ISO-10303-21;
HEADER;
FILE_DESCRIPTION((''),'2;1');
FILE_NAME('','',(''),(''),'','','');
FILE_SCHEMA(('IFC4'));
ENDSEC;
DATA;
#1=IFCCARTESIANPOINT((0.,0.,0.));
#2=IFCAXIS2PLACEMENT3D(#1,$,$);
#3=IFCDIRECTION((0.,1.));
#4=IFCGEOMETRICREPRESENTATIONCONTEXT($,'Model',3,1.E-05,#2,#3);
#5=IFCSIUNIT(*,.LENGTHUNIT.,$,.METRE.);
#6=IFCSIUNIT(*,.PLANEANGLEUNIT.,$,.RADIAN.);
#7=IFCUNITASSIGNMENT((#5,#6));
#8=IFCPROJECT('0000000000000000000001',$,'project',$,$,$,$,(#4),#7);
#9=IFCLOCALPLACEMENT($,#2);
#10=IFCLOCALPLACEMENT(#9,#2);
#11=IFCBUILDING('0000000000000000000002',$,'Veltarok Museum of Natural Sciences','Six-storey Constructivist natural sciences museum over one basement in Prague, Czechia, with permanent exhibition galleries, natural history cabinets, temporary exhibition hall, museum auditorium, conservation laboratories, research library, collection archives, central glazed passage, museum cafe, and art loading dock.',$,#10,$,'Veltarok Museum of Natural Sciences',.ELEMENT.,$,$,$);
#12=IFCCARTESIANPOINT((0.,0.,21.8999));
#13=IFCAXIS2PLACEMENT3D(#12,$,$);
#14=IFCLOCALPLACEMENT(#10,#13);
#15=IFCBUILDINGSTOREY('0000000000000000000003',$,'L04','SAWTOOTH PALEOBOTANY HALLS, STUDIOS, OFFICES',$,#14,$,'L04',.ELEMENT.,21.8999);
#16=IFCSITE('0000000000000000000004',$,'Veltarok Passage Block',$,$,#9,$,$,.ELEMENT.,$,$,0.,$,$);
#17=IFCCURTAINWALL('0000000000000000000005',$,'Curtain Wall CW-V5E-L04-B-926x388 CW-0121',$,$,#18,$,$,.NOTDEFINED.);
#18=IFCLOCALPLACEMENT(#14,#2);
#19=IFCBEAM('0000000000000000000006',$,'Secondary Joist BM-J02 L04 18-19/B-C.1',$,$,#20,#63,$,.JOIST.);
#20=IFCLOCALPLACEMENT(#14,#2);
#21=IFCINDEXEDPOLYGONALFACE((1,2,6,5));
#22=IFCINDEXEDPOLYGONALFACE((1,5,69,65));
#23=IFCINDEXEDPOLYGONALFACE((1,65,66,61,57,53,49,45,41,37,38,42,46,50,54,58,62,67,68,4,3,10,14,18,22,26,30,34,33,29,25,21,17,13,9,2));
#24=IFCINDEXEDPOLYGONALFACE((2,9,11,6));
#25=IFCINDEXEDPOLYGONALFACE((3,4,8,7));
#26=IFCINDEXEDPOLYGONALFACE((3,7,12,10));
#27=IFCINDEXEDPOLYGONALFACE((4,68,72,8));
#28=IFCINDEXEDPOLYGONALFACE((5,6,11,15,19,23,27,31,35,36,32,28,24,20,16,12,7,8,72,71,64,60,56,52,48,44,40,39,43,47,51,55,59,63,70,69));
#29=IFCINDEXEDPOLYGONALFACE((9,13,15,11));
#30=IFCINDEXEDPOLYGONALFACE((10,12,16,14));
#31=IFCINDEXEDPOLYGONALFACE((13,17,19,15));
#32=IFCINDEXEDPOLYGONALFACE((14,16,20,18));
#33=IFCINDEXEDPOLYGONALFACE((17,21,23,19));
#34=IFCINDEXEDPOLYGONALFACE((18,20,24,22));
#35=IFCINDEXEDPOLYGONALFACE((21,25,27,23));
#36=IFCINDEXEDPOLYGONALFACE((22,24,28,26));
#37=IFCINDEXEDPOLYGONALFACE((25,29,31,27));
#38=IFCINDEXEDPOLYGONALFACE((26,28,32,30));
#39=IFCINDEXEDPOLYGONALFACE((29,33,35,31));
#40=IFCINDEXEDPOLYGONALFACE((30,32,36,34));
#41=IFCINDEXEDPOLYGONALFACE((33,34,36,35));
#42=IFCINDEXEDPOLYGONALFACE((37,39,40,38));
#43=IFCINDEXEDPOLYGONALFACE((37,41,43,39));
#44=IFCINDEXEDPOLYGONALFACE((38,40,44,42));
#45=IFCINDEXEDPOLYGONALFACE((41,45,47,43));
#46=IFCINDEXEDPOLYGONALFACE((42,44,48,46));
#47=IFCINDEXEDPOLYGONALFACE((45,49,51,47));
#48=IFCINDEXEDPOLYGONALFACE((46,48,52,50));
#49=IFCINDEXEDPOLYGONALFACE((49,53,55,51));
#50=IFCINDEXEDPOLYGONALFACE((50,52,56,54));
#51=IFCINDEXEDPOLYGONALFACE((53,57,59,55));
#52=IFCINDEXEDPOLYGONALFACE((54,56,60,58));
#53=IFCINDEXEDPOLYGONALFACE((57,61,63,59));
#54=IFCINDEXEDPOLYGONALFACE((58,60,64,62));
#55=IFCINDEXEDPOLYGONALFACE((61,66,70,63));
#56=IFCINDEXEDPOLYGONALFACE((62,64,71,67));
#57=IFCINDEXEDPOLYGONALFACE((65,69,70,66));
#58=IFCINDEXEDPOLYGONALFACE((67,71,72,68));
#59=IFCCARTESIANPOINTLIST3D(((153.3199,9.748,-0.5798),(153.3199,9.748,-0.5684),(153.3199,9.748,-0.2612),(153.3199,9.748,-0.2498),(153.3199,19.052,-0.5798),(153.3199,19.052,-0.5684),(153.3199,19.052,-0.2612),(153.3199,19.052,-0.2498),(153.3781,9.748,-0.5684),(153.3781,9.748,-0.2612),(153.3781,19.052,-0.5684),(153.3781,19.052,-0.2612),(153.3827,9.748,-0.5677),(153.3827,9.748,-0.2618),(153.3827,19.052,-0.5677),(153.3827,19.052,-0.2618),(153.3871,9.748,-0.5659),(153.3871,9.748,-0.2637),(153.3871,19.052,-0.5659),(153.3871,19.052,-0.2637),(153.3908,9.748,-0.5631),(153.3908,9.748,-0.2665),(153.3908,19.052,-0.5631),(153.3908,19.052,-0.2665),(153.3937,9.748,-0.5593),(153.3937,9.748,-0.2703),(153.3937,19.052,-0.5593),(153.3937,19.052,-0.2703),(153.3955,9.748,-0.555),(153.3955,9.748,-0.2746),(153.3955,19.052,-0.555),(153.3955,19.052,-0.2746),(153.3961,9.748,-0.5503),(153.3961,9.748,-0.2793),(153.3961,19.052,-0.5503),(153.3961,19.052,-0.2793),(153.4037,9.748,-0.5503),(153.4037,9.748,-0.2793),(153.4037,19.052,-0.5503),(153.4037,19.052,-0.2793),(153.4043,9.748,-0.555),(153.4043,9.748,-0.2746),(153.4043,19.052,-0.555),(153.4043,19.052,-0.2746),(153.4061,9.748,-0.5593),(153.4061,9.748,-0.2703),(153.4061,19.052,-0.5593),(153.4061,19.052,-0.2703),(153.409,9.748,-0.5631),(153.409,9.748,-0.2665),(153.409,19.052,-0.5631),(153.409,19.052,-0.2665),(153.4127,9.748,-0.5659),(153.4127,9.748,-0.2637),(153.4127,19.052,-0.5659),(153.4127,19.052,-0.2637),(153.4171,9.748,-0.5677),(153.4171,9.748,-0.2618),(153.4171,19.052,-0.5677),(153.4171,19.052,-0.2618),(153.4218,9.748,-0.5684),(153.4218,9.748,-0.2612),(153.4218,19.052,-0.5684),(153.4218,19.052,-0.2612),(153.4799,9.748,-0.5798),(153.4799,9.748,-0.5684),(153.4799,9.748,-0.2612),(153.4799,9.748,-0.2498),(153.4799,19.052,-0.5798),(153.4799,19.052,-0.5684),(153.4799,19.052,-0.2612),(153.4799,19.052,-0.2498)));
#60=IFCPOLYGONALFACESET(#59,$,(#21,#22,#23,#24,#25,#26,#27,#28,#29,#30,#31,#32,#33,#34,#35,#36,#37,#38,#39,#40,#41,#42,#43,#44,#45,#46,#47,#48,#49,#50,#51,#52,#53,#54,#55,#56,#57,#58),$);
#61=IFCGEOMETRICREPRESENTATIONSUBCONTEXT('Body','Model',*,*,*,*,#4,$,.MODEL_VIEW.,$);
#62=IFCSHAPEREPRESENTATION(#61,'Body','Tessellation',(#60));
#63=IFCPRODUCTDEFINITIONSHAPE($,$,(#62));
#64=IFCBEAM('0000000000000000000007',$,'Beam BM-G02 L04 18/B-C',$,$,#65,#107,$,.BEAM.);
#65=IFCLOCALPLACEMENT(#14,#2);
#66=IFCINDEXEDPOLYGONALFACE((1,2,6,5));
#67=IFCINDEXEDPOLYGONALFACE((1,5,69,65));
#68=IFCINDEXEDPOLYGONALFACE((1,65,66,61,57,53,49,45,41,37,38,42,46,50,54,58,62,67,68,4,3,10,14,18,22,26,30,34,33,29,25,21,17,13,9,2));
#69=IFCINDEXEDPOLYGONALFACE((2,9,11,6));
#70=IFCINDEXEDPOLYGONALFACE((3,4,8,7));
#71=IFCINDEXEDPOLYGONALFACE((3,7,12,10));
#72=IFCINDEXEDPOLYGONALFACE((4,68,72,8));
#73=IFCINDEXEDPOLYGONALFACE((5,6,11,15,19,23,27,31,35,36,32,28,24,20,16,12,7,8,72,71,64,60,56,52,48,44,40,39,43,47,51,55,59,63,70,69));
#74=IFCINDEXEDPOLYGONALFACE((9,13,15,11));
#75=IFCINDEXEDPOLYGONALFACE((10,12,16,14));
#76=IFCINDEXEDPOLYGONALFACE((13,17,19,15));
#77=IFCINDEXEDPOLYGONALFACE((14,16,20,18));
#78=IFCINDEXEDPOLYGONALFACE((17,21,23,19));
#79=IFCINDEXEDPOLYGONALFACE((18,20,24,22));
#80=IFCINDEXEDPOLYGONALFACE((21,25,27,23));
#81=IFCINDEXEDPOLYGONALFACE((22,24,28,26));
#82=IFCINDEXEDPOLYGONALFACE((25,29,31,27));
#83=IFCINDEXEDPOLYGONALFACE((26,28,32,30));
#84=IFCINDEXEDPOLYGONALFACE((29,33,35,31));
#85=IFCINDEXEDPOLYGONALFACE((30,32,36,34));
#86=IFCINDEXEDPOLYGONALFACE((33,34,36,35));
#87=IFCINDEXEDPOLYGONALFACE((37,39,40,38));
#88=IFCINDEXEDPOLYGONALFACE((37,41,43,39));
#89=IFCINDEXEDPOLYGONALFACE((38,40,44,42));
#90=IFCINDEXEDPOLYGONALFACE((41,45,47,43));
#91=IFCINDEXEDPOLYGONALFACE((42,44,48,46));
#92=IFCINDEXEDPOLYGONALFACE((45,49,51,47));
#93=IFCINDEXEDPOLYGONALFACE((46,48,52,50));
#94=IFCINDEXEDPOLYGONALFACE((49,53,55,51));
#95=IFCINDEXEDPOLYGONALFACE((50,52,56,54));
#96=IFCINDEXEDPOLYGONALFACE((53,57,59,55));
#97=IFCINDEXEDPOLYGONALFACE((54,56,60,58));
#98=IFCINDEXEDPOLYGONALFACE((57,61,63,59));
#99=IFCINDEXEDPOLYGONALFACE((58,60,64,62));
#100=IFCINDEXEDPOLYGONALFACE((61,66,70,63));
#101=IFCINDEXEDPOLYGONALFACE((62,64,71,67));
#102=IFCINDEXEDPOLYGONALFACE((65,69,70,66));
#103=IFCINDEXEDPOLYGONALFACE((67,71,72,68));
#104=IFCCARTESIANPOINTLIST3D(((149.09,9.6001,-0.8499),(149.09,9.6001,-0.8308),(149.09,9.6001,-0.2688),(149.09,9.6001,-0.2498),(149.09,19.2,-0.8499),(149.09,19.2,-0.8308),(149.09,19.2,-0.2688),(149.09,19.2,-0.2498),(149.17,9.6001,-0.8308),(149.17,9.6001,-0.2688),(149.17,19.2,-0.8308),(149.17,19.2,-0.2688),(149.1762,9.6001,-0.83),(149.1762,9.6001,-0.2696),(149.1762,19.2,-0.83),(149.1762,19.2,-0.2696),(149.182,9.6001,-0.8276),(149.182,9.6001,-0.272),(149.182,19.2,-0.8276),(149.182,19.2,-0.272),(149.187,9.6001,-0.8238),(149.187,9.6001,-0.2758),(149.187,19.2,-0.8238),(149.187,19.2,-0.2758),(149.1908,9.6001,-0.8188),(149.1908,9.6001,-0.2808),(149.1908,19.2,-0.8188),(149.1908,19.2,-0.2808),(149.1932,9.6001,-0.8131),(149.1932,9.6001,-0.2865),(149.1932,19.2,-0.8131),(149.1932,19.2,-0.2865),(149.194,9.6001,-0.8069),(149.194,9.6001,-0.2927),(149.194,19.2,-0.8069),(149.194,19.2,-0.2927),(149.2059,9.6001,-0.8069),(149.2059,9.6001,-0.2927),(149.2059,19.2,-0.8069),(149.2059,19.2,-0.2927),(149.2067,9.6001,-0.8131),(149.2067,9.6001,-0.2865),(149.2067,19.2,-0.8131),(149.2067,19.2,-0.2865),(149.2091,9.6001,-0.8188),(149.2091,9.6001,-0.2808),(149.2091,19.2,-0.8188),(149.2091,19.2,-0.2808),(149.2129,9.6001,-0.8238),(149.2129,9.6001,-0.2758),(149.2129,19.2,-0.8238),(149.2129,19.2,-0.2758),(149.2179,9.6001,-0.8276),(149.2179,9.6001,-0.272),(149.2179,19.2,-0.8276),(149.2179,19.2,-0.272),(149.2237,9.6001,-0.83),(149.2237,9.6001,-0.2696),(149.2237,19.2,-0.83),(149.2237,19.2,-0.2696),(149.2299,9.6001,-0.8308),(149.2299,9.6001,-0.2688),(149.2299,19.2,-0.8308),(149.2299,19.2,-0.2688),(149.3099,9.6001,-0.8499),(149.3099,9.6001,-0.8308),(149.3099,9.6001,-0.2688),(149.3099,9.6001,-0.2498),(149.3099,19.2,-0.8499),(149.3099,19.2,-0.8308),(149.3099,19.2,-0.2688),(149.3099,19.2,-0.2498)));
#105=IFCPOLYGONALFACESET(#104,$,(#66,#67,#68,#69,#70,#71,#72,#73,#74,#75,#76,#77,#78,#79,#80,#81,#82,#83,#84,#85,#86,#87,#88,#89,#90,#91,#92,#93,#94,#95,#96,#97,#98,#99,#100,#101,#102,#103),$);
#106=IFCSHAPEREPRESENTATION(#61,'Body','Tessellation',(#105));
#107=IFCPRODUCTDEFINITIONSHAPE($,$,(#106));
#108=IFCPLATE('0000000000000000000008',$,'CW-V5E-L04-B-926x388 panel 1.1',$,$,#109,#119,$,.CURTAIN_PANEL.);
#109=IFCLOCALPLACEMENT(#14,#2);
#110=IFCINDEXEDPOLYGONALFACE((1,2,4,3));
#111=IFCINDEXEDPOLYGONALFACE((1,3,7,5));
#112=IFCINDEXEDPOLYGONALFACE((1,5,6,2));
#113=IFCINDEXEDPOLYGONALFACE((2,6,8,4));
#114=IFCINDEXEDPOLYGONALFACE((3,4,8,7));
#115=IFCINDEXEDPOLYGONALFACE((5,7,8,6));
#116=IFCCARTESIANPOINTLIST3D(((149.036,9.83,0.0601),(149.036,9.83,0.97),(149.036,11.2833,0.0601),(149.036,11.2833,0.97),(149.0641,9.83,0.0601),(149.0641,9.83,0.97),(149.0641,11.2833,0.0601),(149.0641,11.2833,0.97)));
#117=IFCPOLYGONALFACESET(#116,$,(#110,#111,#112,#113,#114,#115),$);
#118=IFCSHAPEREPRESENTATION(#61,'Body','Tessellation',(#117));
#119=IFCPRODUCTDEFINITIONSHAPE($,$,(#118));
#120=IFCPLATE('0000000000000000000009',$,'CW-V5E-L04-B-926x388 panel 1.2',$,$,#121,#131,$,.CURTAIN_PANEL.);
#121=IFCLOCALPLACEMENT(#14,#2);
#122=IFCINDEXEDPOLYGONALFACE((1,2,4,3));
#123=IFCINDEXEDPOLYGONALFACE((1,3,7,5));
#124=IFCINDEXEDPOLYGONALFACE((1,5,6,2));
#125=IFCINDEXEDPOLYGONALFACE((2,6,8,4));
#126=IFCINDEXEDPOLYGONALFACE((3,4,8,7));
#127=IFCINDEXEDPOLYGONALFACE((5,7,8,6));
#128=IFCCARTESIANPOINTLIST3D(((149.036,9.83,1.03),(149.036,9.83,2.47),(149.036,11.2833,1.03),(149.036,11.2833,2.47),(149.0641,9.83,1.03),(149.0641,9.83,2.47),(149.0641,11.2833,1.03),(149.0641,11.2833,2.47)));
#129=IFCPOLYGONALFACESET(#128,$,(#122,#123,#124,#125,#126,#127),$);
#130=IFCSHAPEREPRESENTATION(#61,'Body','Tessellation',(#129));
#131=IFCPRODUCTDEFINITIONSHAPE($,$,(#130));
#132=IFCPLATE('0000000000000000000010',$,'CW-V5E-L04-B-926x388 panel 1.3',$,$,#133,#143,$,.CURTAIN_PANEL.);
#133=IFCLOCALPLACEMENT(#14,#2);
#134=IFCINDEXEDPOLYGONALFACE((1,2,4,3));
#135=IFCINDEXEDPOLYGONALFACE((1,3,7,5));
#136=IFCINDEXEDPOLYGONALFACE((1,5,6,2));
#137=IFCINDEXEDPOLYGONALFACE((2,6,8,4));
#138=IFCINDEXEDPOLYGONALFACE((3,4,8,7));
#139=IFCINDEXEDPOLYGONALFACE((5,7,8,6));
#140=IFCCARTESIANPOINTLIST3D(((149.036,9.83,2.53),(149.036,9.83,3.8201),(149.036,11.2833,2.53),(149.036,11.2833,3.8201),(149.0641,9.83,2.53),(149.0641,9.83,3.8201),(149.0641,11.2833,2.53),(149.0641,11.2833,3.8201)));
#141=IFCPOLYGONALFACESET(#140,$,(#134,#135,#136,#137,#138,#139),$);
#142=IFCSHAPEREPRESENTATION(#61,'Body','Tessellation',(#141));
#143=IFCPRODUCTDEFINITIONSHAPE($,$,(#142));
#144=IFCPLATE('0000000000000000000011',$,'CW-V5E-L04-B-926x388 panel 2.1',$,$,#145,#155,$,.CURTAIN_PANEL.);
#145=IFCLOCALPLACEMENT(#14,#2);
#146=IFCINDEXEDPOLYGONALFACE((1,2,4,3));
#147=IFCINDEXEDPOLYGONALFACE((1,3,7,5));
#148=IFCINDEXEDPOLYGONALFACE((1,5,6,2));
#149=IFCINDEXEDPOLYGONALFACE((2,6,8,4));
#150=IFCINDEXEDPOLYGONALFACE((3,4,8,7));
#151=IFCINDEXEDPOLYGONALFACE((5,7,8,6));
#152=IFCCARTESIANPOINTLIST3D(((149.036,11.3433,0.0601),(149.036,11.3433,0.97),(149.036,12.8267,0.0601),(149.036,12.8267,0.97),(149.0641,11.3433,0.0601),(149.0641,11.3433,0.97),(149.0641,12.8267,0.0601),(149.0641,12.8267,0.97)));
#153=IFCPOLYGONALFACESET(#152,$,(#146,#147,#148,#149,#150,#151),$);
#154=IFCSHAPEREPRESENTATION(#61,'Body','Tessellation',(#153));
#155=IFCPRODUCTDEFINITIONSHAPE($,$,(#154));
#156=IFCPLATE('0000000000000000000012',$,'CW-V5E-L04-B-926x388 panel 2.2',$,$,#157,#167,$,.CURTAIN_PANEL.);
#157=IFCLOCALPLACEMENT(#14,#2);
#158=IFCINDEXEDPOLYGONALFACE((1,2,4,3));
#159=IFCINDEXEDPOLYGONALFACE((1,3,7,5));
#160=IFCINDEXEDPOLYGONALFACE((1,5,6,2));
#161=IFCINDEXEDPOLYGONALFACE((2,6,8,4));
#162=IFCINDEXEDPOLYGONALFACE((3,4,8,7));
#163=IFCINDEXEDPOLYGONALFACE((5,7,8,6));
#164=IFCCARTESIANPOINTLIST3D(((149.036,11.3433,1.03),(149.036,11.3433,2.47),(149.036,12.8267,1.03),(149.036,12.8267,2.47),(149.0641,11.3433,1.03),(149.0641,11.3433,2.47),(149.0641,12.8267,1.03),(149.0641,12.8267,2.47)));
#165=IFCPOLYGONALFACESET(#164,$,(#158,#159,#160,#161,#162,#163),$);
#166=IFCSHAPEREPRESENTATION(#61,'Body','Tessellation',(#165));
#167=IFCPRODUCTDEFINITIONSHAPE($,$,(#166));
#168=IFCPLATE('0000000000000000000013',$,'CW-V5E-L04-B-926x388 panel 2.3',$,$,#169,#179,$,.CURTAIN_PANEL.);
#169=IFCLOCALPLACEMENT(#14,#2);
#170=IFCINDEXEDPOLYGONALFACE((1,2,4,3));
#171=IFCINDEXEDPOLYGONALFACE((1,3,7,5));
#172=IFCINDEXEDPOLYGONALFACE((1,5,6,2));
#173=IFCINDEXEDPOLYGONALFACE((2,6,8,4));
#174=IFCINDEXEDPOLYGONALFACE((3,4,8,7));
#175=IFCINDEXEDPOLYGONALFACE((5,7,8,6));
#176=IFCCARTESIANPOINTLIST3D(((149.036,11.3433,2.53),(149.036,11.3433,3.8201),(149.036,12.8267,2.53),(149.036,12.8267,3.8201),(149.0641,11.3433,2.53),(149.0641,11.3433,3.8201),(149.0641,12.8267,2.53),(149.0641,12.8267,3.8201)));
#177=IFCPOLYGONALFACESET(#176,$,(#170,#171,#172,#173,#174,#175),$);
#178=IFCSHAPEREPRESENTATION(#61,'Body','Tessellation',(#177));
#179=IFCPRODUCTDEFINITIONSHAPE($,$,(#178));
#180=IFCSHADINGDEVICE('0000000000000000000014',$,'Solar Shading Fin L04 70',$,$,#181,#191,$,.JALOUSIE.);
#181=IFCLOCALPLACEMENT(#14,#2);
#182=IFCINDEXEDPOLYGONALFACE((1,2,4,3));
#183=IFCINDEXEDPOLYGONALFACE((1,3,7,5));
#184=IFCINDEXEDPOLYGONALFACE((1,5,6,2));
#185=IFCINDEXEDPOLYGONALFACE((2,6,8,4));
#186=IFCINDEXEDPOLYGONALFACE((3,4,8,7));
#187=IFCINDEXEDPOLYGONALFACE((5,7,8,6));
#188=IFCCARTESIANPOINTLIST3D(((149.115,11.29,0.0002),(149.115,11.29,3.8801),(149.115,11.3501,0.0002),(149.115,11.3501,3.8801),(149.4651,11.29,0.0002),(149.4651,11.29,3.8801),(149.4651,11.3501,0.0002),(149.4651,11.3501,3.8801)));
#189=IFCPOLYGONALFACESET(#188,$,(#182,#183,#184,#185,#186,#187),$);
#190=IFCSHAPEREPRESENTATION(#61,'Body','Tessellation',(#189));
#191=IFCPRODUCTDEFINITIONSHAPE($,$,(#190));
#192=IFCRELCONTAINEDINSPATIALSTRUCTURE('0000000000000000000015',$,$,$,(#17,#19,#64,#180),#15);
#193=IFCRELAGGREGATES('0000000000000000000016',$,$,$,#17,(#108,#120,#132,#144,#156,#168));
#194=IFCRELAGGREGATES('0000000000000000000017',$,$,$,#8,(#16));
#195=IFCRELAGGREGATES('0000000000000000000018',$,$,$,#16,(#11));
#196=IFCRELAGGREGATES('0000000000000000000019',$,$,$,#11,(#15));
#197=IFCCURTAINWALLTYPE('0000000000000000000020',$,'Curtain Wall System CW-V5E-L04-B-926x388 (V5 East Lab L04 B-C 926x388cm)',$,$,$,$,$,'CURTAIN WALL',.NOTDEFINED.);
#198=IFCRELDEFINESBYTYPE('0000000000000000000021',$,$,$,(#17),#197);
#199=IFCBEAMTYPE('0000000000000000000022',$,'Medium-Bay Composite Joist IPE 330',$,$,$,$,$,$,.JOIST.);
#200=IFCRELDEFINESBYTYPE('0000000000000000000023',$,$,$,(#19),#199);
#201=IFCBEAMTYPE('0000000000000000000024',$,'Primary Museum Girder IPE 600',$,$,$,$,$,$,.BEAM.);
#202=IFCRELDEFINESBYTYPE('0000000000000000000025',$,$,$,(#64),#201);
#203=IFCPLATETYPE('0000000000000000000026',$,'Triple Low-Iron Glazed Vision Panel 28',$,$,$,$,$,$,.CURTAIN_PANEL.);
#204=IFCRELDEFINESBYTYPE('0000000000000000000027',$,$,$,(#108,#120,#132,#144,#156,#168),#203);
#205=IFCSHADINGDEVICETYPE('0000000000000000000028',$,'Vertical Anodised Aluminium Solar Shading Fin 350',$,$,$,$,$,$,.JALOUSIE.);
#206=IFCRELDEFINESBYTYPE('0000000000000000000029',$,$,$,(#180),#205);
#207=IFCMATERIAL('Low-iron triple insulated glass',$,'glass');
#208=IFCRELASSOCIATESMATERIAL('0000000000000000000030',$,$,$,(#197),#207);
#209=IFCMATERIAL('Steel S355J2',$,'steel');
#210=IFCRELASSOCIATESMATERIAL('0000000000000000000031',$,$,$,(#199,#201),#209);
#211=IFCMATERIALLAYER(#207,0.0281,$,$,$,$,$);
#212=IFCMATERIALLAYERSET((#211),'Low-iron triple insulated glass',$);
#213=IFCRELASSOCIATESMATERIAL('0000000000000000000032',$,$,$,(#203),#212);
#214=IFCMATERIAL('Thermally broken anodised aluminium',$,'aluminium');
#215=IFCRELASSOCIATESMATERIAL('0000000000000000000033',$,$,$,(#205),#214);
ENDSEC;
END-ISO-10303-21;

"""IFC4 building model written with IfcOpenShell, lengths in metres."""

from ifc_helpers import new_model, si_unit, direction, frame, origin, origin_2d, place, context, subcontext, project, spatial, rectangle, i_section, extrude, material, layer, layer_set, material_profile, profile_set, type_object, element, aggregate, save


model = new_model("IFC4")

# Units and contexts
model_context = context("Model", 3, precision=1e-05, world=origin(), true_north=direction((0.0, 1.0)))
body_context = subcontext(model_context, "Body", "Model", "MODEL_VIEW")
ifc_project = project(units=[si_unit("LENGTHUNIT", "METRE"), si_unit("PLANEANGLEUNIT", "RADIAN")], contexts=[model_context])

# Site, building, storey
site_placement = place(None, origin())
site = spatial("IfcSite", under=ifc_project, at=site_placement, Name="Veltarok Passage Block", CompositionType="ELEMENT", RefElevation=0.0)
building_placement = place(site_placement, origin())
building = spatial("IfcBuilding", under=site, at=building_placement, Name="Veltarok Museum of Natural Sciences", Description="Six-storey Constructivist natural sciences museum over one basement in Prague, Czechia, with permanent exhibition galleries, natural history cabinets, temporary exhibition hall, museum auditorium, conservation laboratories, research library, collection archives, central glazed passage, museum cafe, and art loading dock.", LongName="Veltarok Museum of Natural Sciences", CompositionType="ELEMENT")
storey_placement = place(building_placement, frame((0.0, 0.0, 21.8999)))
storey = spatial("IfcBuildingStorey", under=building, at=storey_placement, Name="L04", Description="SAWTOOTH PALEOBOTANY HALLS, STUDIOS, OFFICES", LongName="L04", CompositionType="ELEMENT", Elevation=21.8999)

# Shared definitions
ifc_material_1 = material(Name="Steel S355J2", Category="steel")

# Curtain wall
ifc_material_2 = material(Name="Low-iron triple insulated glass", Category="glass")
curtain_wall_type = type_object("IfcCurtainWallType", Name="Curtain Wall System CW-V5E-L04-B-926x388 (V5 East Lab L04 B-C 926x388cm)", ElementType="CURTAIN WALL", PredefinedType="NOTDEFINED", material=ifc_material_2)
curtain_wall_placement = place(storey_placement, origin())
curtain_wall = element("IfcCurtainWall", 1, at=curtain_wall_placement, inside=storey, type_object=curtain_wall_type, Name="Curtain Wall CW-V5E-L04-B-926x388 CW-0121", PredefinedType="NOTDEFINED")
ifc_material_3 = material(Name="Thermally broken anodised aluminium", Category="aluminium")

# Beams
ifc_material_profile_1 = material_profile(ifc_material_1, i_section(OverallWidth=0.1599, OverallDepth=0.3301, WebThickness=0.0076, FlangeThickness=0.0115, FilletRadius=0.0181, at=origin_2d()), Name="IPE 330")
ifc_profile_set_1 = profile_set([ifc_material_profile_1], Name="Steel S355J2")
beam_type_1 = type_object("IfcBeamType", Name="Medium-Bay Composite Joist IPE 330", PredefinedType="JOIST", material=ifc_profile_set_1)
beam_1_placement = place(storey_placement, frame((153.3999, 9.748, -0.4148), z_axis=(0.0, 1.0, 0.0), x_axis=(-1.0, 0.0, 0.0)))
element("IfcBeam", 2, at=beam_1_placement, inside=storey, type_object=beam_type_1, Name="Secondary Joist BM-J02 L04 18-19/B-C.1", PredefinedType="JOIST", context=body_context, shape_type="SweptSolid", body=[
    extrude(i_section(OverallWidth=0.1599, OverallDepth=0.3301, WebThickness=0.0076, FlangeThickness=0.0115, FilletRadius=0.0181, at=origin_2d()), origin(), (0.0, 0.0, 1.0), 9.304),
])
ifc_material_profile_2 = material_profile(ifc_material_1, i_section(OverallWidth=0.22, OverallDepth=0.6001, WebThickness=0.012, FlangeThickness=0.019, FilletRadius=0.0239, at=origin_2d()), Name="IPE 600")
ifc_profile_set_2 = profile_set([ifc_material_profile_2], Name="Steel S355J2")
beam_type_2 = type_object("IfcBeamType", Name="Primary Museum Girder IPE 600", PredefinedType="BEAM", material=ifc_profile_set_2)
beam_2_placement = place(storey_placement, frame((149.2, 9.6001, -0.5498), z_axis=(0.0, 1.0, 0.0), x_axis=(-1.0, 0.0, 0.0)))
element("IfcBeam", 3, at=beam_2_placement, inside=storey, type_object=beam_type_2, Name="Beam BM-G02 L04 18/B-C", PredefinedType="BEAM", context=body_context, shape_type="SweptSolid", body=[
    extrude(i_section(OverallWidth=0.22, OverallDepth=0.6001, WebThickness=0.012, FlangeThickness=0.019, FilletRadius=0.0239, at=origin_2d()), origin(), (0.0, 0.0, 1.0), 9.5999),
])

# Plates
ifc_layer = layer(ifc_material_2, 0.0281)
ifc_layer_set = layer_set([ifc_layer], Name="Low-iron triple insulated glass")
plate_type = type_object("IfcPlateType", Name="Triple Low-Iron Glazed Vision Panel 28", PredefinedType="CURTAIN_PANEL", material=ifc_layer_set)
plate_1_placement = place(storey_placement, frame((149.05, 10.5566, 0.0601), z_axis=(0.0, 0.0, 1.0), x_axis=(0.0, 1.0, 0.0)))
plate_1 = element("IfcPlate", 4, at=plate_1_placement, type_object=plate_type, Name="CW-V5E-L04-B-926x388 panel 1.1", PredefinedType="CURTAIN_PANEL", context=body_context, shape_type="SweptSolid", body=[
    extrude(rectangle(XDim=1.4534, YDim=0.0281, at=origin_2d()), origin(), (0.0, 0.0, 1.0), 0.9099),
])
plate_2_placement = place(storey_placement, frame((149.05, 10.5566, 1.03), z_axis=(0.0, 0.0, 1.0), x_axis=(0.0, 1.0, 0.0)))
plate_2 = element("IfcPlate", 5, at=plate_2_placement, type_object=plate_type, Name="CW-V5E-L04-B-926x388 panel 1.2", PredefinedType="CURTAIN_PANEL", context=body_context, shape_type="SweptSolid", body=[
    extrude(rectangle(XDim=1.4534, YDim=0.0281, at=origin_2d()), origin(), (0.0, 0.0, 1.0), 1.4399),
])
plate_3_placement = place(storey_placement, frame((149.05, 10.5566, 2.53), z_axis=(0.0, 0.0, 1.0), x_axis=(0.0, 1.0, 0.0)))
plate_3 = element("IfcPlate", 6, at=plate_3_placement, type_object=plate_type, Name="CW-V5E-L04-B-926x388 panel 1.3", PredefinedType="CURTAIN_PANEL", context=body_context, shape_type="SweptSolid", body=[
    extrude(rectangle(XDim=1.4534, YDim=0.0281, at=origin_2d()), origin(), (0.0, 0.0, 1.0), 1.29),
])
plate_4_placement = place(storey_placement, frame((149.05, 12.085, 0.0601), z_axis=(0.0, 0.0, 1.0), x_axis=(0.0, 1.0, 0.0)))
plate_4 = element("IfcPlate", 7, at=plate_4_placement, type_object=plate_type, Name="CW-V5E-L04-B-926x388 panel 2.1", PredefinedType="CURTAIN_PANEL", context=body_context, shape_type="SweptSolid", body=[
    extrude(rectangle(XDim=1.4834, YDim=0.0281, at=origin_2d()), origin(), (0.0, 0.0, 1.0), 0.9099),
])
plate_5_placement = place(storey_placement, frame((149.05, 12.085, 1.03), z_axis=(0.0, 0.0, 1.0), x_axis=(0.0, 1.0, 0.0)))
plate_5 = element("IfcPlate", 8, at=plate_5_placement, type_object=plate_type, Name="CW-V5E-L04-B-926x388 panel 2.2", PredefinedType="CURTAIN_PANEL", context=body_context, shape_type="SweptSolid", body=[
    extrude(rectangle(XDim=1.4834, YDim=0.0281, at=origin_2d()), origin(), (0.0, 0.0, 1.0), 1.4399),
])
plate_6_placement = place(storey_placement, frame((149.05, 12.085, 2.53), z_axis=(0.0, 0.0, 1.0), x_axis=(0.0, 1.0, 0.0)))
plate_6 = element("IfcPlate", 9, at=plate_6_placement, type_object=plate_type, Name="CW-V5E-L04-B-926x388 panel 2.3", PredefinedType="CURTAIN_PANEL", context=body_context, shape_type="SweptSolid", body=[
    extrude(rectangle(XDim=1.4834, YDim=0.0281, at=origin_2d()), origin(), (0.0, 0.0, 1.0), 1.29),
])
aggregate(curtain_wall, [plate_1, plate_2, plate_3, plate_4, plate_5, plate_6])

# Shading device
shading_device_type = type_object("IfcShadingDeviceType", Name="Vertical Anodised Aluminium Solar Shading Fin 350", PredefinedType="JALOUSIE", material=ifc_material_3)
for number, where, z_axis, x_axis, name in (
    (10, (149.29, 11.3201, 0.0002), (0.0, 0.0, 1.0), (1.0, 0.0, 0.0), "Solar Shading Fin L04 70"),
):
    element("IfcShadingDevice", number, at=place(storey_placement, frame(where, z_axis=z_axis, x_axis=x_axis)), inside=storey, type_object=shading_device_type, Name=name, PredefinedType="JALOUSIE", context=body_context, shape_type="SweptSolid", body=[
        extrude(rectangle(XDim=0.3501, YDim=0.0601, at=origin_2d()), origin(), (0.0, 0.0, 1.0), 3.8799),
    ])

save(model, "model.ifc")
